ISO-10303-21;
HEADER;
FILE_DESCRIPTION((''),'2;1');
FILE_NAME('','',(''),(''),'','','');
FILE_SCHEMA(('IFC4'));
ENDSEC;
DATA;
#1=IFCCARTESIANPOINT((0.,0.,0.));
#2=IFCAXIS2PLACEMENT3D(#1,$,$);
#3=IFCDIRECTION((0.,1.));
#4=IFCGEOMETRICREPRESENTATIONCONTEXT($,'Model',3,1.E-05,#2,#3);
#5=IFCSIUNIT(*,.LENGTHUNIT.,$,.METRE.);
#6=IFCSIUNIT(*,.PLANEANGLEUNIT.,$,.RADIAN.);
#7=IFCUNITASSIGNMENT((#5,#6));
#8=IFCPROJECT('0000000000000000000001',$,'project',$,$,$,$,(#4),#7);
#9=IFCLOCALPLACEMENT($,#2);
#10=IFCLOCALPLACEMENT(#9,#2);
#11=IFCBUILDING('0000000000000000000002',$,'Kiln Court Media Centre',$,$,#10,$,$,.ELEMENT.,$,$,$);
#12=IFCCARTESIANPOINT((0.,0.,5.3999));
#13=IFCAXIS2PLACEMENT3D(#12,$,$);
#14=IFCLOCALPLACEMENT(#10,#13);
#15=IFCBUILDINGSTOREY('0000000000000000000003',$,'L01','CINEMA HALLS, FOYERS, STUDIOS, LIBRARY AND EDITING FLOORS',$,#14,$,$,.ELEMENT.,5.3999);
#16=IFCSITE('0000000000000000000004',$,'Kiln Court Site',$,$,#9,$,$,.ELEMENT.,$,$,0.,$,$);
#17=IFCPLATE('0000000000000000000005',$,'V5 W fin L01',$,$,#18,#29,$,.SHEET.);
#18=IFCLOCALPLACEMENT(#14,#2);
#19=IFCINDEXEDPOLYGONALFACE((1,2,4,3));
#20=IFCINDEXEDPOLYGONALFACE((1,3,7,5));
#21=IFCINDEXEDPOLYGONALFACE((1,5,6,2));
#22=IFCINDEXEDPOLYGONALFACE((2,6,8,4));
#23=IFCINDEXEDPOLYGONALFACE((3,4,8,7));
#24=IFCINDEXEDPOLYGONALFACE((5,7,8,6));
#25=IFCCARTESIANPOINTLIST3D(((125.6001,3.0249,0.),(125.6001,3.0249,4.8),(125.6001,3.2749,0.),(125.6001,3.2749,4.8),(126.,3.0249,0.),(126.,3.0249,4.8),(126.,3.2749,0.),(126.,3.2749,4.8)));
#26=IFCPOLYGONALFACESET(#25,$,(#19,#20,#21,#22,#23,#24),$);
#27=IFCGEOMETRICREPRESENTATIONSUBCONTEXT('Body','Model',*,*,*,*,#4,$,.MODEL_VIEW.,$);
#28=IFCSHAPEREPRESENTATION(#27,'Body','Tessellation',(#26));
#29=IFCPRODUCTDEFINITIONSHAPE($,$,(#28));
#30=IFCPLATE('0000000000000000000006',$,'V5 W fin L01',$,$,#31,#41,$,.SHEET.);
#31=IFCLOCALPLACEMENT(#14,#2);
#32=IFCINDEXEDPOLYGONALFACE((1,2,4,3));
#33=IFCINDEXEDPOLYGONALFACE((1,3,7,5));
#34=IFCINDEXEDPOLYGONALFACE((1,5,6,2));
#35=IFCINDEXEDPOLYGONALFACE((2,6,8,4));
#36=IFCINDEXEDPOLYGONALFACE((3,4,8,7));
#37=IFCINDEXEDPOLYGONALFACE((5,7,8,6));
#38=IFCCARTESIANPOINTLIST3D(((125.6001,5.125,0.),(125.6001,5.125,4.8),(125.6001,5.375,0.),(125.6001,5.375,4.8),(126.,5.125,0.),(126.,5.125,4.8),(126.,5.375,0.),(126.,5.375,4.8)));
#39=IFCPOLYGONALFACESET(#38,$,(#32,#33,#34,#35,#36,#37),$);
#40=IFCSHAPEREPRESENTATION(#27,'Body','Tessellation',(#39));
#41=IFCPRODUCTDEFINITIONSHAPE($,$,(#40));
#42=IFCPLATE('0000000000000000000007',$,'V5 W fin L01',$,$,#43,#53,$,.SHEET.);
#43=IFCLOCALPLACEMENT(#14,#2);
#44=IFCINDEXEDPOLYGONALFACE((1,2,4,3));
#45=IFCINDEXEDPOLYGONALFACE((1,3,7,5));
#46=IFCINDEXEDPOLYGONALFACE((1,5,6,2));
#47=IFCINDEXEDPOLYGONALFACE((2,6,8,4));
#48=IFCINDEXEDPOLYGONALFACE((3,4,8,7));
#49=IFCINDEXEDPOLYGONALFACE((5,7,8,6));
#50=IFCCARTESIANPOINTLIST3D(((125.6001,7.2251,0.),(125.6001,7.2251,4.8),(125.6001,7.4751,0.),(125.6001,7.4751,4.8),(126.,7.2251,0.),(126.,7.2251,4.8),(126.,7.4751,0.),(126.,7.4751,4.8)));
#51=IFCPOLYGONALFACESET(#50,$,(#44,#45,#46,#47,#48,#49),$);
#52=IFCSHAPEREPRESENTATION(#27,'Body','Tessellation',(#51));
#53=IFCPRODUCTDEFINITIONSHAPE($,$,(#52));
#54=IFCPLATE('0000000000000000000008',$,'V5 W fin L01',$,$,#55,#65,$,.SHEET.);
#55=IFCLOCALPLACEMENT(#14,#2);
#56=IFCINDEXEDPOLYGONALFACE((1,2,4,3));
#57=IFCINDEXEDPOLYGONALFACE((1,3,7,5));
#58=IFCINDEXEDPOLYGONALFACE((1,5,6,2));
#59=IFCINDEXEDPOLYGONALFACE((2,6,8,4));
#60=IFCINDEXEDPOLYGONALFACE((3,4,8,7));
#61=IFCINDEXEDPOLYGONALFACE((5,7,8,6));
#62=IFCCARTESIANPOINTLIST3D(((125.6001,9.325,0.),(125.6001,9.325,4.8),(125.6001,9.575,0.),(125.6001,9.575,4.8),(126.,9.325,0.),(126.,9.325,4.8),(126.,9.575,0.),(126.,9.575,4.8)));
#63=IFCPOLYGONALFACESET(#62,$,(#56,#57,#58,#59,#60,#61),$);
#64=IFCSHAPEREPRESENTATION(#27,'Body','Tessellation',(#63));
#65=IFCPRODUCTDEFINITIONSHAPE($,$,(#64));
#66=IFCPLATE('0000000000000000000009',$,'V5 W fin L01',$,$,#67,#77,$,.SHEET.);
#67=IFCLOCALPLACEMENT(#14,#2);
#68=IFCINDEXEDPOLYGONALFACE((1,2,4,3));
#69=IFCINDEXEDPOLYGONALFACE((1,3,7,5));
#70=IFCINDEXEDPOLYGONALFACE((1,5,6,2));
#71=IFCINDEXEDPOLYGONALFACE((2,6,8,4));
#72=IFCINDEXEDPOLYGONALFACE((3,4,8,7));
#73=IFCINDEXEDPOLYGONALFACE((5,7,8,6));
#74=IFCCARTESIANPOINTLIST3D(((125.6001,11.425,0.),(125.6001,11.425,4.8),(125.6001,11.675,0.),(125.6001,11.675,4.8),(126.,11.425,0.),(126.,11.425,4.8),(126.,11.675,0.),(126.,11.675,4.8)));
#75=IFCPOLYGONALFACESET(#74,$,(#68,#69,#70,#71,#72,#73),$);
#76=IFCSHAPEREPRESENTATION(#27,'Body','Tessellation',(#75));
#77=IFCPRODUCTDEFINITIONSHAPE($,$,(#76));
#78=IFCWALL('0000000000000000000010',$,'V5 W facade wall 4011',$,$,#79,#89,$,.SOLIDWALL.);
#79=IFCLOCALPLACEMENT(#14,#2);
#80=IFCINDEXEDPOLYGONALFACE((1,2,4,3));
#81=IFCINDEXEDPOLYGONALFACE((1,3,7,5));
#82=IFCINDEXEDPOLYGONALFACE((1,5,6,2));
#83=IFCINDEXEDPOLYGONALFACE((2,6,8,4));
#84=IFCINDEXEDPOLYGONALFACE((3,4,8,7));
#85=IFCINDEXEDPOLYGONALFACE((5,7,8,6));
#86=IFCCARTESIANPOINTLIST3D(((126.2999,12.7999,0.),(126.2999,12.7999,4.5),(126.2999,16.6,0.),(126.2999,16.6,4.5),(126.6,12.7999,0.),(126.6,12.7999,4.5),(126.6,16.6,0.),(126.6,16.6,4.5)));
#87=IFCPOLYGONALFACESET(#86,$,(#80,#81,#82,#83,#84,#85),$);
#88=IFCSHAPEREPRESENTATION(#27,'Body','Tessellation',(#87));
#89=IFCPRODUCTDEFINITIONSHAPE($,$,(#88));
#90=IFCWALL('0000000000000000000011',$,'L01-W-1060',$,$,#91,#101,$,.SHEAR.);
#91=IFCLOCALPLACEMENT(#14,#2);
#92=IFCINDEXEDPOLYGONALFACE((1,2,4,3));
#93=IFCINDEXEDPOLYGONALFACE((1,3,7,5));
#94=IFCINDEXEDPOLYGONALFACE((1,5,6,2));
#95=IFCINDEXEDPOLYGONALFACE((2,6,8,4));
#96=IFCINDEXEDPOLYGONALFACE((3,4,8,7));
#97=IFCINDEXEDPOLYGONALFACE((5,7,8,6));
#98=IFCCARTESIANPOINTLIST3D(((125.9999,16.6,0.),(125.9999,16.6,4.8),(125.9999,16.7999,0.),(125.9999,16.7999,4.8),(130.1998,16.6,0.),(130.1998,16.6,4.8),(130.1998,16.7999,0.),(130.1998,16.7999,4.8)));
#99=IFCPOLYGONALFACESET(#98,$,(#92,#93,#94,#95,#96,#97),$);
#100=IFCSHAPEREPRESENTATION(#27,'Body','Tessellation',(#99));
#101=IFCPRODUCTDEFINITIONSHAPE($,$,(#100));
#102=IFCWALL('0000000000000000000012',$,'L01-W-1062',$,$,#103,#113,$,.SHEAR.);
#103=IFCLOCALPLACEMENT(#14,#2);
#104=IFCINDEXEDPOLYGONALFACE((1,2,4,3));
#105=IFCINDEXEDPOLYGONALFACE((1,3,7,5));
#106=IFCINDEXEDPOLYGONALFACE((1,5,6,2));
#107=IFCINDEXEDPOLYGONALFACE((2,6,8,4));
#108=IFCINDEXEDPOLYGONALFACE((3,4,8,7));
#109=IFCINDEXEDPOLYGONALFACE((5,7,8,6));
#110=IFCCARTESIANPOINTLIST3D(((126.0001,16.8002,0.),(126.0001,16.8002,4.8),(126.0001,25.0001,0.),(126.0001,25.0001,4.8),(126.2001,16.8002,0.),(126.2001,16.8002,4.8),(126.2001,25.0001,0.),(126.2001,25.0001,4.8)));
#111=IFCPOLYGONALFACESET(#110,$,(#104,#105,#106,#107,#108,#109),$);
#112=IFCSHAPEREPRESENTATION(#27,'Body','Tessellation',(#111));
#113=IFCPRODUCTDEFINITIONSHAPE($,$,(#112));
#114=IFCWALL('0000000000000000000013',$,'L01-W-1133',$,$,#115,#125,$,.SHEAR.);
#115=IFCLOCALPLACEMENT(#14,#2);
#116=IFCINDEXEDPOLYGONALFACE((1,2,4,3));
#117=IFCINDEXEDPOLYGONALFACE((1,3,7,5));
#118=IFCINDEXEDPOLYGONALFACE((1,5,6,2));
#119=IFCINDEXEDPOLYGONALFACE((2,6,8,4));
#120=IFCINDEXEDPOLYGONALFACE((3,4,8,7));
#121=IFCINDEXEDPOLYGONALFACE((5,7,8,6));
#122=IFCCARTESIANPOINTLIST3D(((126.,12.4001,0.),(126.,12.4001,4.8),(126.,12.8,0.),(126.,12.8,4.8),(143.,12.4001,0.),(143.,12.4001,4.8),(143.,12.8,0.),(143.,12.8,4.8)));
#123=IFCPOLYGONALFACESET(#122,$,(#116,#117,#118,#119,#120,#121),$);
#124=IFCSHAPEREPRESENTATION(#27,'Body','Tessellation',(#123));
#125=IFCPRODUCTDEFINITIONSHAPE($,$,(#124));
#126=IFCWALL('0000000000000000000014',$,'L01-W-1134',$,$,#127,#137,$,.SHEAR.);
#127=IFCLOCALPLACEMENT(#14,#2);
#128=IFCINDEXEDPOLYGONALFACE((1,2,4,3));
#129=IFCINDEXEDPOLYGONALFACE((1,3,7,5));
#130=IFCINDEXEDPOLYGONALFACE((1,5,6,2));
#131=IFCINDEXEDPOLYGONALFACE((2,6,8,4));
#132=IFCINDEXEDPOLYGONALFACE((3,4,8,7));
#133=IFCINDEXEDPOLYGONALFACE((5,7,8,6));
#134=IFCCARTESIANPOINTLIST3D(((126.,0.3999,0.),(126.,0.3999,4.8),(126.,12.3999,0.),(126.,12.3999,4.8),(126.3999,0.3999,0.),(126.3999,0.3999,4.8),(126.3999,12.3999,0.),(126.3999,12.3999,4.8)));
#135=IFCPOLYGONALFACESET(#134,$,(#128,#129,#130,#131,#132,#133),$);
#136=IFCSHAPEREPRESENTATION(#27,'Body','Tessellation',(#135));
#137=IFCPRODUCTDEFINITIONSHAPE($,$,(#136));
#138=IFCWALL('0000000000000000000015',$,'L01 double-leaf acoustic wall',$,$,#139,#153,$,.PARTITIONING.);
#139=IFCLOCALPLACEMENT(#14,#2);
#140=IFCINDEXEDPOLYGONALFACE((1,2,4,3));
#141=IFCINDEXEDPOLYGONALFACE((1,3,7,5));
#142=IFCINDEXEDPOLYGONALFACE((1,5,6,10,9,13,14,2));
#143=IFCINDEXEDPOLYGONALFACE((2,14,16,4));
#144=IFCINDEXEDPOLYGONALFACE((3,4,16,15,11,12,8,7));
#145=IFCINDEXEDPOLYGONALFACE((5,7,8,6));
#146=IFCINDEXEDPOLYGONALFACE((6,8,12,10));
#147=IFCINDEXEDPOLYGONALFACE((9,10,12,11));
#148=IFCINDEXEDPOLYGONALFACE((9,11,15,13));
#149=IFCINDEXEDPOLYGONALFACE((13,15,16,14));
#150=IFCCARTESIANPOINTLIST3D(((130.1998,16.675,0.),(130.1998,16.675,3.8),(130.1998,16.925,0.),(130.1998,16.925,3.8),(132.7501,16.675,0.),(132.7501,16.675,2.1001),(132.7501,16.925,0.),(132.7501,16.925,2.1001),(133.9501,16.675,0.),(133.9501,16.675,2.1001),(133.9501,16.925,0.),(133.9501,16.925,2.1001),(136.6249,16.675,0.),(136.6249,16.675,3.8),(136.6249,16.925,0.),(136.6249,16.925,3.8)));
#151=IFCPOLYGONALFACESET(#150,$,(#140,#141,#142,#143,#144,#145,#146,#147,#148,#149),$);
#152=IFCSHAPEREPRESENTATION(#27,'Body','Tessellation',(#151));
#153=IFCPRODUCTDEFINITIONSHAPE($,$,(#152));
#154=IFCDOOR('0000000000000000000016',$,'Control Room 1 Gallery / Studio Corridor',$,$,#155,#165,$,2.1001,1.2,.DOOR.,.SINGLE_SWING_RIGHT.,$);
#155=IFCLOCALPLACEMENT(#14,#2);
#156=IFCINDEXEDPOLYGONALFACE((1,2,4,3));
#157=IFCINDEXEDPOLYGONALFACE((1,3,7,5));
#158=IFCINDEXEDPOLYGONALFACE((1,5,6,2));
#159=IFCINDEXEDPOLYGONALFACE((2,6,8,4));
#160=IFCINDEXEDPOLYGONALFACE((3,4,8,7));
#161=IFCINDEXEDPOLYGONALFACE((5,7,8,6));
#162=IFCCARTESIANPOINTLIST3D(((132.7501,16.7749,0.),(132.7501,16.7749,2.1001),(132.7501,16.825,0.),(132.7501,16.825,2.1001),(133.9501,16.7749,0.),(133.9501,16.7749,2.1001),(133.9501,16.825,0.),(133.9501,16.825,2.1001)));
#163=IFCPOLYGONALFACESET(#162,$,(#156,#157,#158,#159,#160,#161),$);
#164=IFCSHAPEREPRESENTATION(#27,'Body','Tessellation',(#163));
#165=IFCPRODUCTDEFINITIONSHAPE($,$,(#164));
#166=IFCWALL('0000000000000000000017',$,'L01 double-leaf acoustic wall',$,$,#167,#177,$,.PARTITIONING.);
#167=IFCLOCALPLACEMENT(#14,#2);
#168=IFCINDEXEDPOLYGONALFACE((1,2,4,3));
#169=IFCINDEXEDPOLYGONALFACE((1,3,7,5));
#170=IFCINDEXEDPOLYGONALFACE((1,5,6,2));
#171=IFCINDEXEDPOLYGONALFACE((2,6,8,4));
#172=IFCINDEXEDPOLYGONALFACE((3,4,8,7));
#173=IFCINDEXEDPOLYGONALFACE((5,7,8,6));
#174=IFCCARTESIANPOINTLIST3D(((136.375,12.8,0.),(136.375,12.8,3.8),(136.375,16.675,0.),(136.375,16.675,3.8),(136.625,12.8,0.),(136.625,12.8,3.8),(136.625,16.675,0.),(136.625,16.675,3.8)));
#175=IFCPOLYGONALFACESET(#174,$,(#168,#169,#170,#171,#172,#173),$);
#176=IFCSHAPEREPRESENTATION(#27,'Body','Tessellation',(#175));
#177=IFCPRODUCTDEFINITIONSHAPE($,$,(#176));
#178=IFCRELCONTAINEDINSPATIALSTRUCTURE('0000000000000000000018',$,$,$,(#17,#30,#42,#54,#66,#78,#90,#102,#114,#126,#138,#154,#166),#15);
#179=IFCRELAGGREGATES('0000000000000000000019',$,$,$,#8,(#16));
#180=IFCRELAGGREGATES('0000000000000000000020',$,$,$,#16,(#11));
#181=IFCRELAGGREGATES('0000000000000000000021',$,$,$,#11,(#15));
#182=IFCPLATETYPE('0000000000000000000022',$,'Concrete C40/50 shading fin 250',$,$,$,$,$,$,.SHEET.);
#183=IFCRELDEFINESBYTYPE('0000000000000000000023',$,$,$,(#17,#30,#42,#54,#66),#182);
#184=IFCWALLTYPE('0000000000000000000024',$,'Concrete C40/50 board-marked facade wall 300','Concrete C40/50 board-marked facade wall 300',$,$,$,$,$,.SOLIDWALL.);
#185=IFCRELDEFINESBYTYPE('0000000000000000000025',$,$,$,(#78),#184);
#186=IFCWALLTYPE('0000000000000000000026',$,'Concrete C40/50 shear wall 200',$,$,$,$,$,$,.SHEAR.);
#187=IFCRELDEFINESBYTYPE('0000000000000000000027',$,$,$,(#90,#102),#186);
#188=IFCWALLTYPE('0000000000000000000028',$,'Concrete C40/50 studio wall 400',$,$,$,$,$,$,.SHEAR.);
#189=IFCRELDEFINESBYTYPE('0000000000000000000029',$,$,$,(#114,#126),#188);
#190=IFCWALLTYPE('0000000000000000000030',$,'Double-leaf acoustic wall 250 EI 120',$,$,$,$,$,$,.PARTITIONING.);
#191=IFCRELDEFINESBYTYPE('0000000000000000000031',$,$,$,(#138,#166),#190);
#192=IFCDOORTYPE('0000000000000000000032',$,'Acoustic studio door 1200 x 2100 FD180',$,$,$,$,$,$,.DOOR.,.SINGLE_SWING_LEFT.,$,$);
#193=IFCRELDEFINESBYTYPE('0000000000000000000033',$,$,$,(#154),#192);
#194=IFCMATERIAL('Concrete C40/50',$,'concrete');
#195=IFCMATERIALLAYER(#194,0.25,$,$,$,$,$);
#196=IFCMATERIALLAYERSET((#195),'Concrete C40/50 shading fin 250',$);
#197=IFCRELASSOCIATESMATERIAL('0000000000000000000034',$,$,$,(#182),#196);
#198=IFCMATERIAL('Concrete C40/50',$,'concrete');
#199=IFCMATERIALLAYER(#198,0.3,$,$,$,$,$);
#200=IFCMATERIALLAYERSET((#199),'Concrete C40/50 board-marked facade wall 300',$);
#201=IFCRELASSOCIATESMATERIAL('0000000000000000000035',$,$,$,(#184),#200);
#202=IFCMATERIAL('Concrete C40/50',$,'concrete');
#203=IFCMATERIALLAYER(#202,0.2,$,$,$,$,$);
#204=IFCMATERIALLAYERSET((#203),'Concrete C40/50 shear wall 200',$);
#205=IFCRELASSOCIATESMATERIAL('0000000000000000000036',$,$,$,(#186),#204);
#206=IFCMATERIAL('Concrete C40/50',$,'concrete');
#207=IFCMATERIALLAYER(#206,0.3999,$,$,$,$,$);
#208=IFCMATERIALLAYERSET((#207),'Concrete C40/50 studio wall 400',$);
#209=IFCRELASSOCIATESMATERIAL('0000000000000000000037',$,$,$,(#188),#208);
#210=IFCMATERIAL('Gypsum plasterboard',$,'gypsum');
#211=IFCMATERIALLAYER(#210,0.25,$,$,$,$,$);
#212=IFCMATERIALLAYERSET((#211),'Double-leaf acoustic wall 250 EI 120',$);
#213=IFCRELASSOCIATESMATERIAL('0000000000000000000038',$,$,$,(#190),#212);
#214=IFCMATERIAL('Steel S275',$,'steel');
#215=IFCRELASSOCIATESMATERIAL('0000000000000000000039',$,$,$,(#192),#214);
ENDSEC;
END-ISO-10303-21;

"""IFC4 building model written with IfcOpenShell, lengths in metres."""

from ifc_helpers import new_model, si_unit, direction, frame, frame_2d, origin, origin_2d, place, context, subcontext, project, spatial, rectangle, extrude, material, layer, layer_set, type_object, element, fill, save


model = new_model("IFC4")

# Units and contexts
model_context = context("Model", 3, precision=1e-05, world=origin(), true_north=direction((0.0, 1.0)))
body_context = subcontext(model_context, "Body", "Model", "MODEL_VIEW")
ifc_project = project(units=[si_unit("LENGTHUNIT", "METRE"), si_unit("PLANEANGLEUNIT", "RADIAN")], contexts=[model_context])

# Site, building, storey
site_placement = place(None, origin())
site = spatial("IfcSite", under=ifc_project, at=site_placement, Name="Kiln Court Site", CompositionType="ELEMENT", RefElevation=0.0)
building_placement = place(site_placement, origin())
building = spatial("IfcBuilding", under=site, at=building_placement, Name="Kiln Court Media Centre", CompositionType="ELEMENT")
storey_placement = place(building_placement, frame((0.0, 0.0, 5.3999)))
storey = spatial("IfcBuildingStorey", under=building, at=storey_placement, Name="L01", Description="CINEMA HALLS, FOYERS, STUDIOS, LIBRARY AND EDITING FLOORS", CompositionType="ELEMENT", Elevation=5.3999)

# Plates
ifc_material_1 = material(Name="Concrete C40/50", Category="concrete")
ifc_layer_1 = layer(ifc_material_1, 0.25)
ifc_layer_set_1 = layer_set([ifc_layer_1], Name="Concrete C40/50 shading fin 250")
plate_type = type_object("IfcPlateType", Name="Concrete C40/50 shading fin 250", PredefinedType="SHEET", material=ifc_layer_set_1)
for number, where, z_axis, x_axis, name in (
    (1, (125.8, 3.1499, 0.0), (0.0, 0.0, 1.0), (1.0, 0.0, 0.0), "V5 W fin L01"),
    (2, (125.8, 5.25, 0.0), (0.0, 0.0, 1.0), (1.0, 0.0, 0.0), "V5 W fin L01"),
    (3, (125.8, 7.3501, 0.0), (0.0, 0.0, 1.0), (1.0, 0.0, 0.0), "V5 W fin L01"),
    (4, (125.8, 9.45, 0.0), (0.0, 0.0, 1.0), (1.0, 0.0, 0.0), "V5 W fin L01"),
    (5, (125.8, 11.55, 0.0), (0.0, 0.0, 1.0), (1.0, 0.0, 0.0), "V5 W fin L01"),
):
    element("IfcPlate", number, at=place(storey_placement, frame(where, z_axis=z_axis, x_axis=x_axis)), inside=storey, type_object=plate_type, Name=name, PredefinedType="SHEET", context=body_context, shape_type="SweptSolid", body=[
        extrude(rectangle(XDim=0.3999, YDim=0.25, at=origin_2d()), origin(), (0.0, 0.0, 1.0), 4.8),
    ])

# Walls
ifc_material_2 = material(Name="Concrete C40/50", Category="concrete")
ifc_layer_2 = layer(ifc_material_2, 0.3)
ifc_layer_set_2 = layer_set([ifc_layer_2], Name="Concrete C40/50 board-marked facade wall 300")
wall_type_1 = type_object("IfcWallType", Name="Concrete C40/50 board-marked facade wall 300", Description="Concrete C40/50 board-marked facade wall 300", PredefinedType="SOLIDWALL", material=ifc_layer_set_2)
wall_1_placement = place(storey_placement, frame((126.45, 12.8, 0.0), z_axis=(0.0, 0.0, 1.0), x_axis=(0.0, 1.0, 0.0)))
element("IfcWall", 6, at=wall_1_placement, inside=storey, type_object=wall_type_1, Name="V5 W facade wall 4011", PredefinedType="SOLIDWALL", context=body_context, shape_type="SweptSolid", body=[
    extrude(rectangle(XDim=3.8, YDim=0.3, at=frame_2d((1.8999, 0.0))), origin(), (0.0, 0.0, 1.0), 4.5),
])
ifc_material_3 = material(Name="Concrete C40/50", Category="concrete")
ifc_layer_3 = layer(ifc_material_3, 0.2)
ifc_layer_set_3 = layer_set([ifc_layer_3], Name="Concrete C40/50 shear wall 200")
wall_type_2 = type_object("IfcWallType", Name="Concrete C40/50 shear wall 200", PredefinedType="SHEAR", material=ifc_layer_set_3)
wall_2_placement = place(storey_placement, frame((130.2, 16.7, 0.0), z_axis=(0.0, 0.0, 1.0), x_axis=(-1.0, 0.0, 0.0)))
element("IfcWall", 7, at=wall_2_placement, inside=storey, type_object=wall_type_2, Name="L01-W-1060", PredefinedType="SHEAR", context=body_context, shape_type="SweptSolid", body=[
    extrude(rectangle(XDim=4.2, YDim=0.2, at=frame_2d((2.1001, 0.0))), origin(), (0.0, 0.0, 1.0), 4.8),
])
wall_3_placement = place(storey_placement, frame((126.1001, 16.8, 0.0), z_axis=(0.0, 0.0, 1.0), x_axis=(0.0, 1.0, 0.0)))
element("IfcWall", 8, at=wall_3_placement, inside=storey, type_object=wall_type_2, Name="L01-W-1062", PredefinedType="SHEAR", context=body_context, shape_type="SweptSolid", body=[
    extrude(rectangle(XDim=8.2, YDim=0.2, at=frame_2d((4.1001, 0.0))), origin(), (0.0, 0.0, 1.0), 4.8),
])
ifc_material_4 = material(Name="Concrete C40/50", Category="concrete")
ifc_layer_4 = layer(ifc_material_4, 0.3999)
ifc_layer_set_4 = layer_set([ifc_layer_4], Name="Concrete C40/50 studio wall 400")
wall_type_3 = type_object("IfcWallType", Name="Concrete C40/50 studio wall 400", PredefinedType="SHEAR", material=ifc_layer_set_4)
wall_4_placement = place(storey_placement, frame((126.0, 12.6001, 0.0), z_axis=(0.0, 0.0, 1.0), x_axis=(1.0, 0.0, 0.0)))
element("IfcWall", 9, at=wall_4_placement, inside=storey, type_object=wall_type_3, Name="L01-W-1133", PredefinedType="SHEAR", context=body_context, shape_type="SweptSolid", body=[
    extrude(rectangle(XDim=17.0, YDim=0.3999, at=frame_2d((8.5, 0.0))), origin(), (0.0, 0.0, 1.0), 4.8),
])
wall_5_placement = place(storey_placement, frame((126.2, 0.3999, 0.0), z_axis=(0.0, 0.0, 1.0), x_axis=(0.0, 1.0, 0.0)))
element("IfcWall", 10, at=wall_5_placement, inside=storey, type_object=wall_type_3, Name="L01-W-1134", PredefinedType="SHEAR", context=body_context, shape_type="SweptSolid", body=[
    extrude(rectangle(XDim=12.0, YDim=0.3999, at=frame_2d((6.0, 0.0))), origin(), (0.0, 0.0, 1.0), 4.8),
])

# Wall, opening, door
ifc_material_5 = material(Name="Gypsum plasterboard", Category="gypsum")
ifc_layer_5 = layer(ifc_material_5, 0.25)
ifc_layer_set_5 = layer_set([ifc_layer_5], Name="Double-leaf acoustic wall 250 EI 120")
wall_type_4 = type_object("IfcWallType", Name="Double-leaf acoustic wall 250 EI 120", PredefinedType="PARTITIONING", material=ifc_layer_set_5)
wall_6_placement = place(storey_placement, frame((130.2, 16.8, 0.0), z_axis=(0.0, 0.0, 1.0), x_axis=(1.0, 0.0, 0.0)))
wall_6 = element("IfcWall", 11, at=wall_6_placement, inside=storey, type_object=wall_type_4, Name="L01 double-leaf acoustic wall", PredefinedType="PARTITIONING", context=body_context, shape_type="SweptSolid", body=[
    extrude(rectangle(XDim=6.425, YDim=0.25, at=frame_2d((3.2124, 0.0))), origin(), (0.0, 0.0, 1.0), 3.8),
])
opening_placement = place(wall_6_placement, frame((2.55, 0.0, 0.0)))
opening = element("IfcOpeningElement", 12, at=opening_placement, cuts=wall_6, PredefinedType="OPENING", context=body_context, shape_type="SweptSolid", body=[
    extrude(rectangle(XDim=1.2, YDim=2.1001, at=frame_2d((0.6001, 1.05))), frame((0.0, 0.135, 0.0), z_axis=(0.0, -1.0, 0.0), x_axis=(1.0, 0.0, 0.0)), (0.0, 0.0, 1.0), 0.27),
])
ifc_material_6 = material(Name="Steel S275", Category="steel")
door_type = type_object("IfcDoorType", Name="Acoustic studio door 1200 x 2100 FD180", OperationType="SINGLE_SWING_LEFT", PredefinedType="DOOR", material=ifc_material_6)
door_placement = place(opening_placement, origin())
door = element("IfcDoor", 13, at=door_placement, inside=storey, type_object=door_type, Name="Control Room 1 Gallery / Studio Corridor", OperationType="SINGLE_SWING_RIGHT", OverallHeight=2.1001, OverallWidth=1.2, PredefinedType="DOOR", context=body_context, shape_type="SweptSolid", body=[
    extrude(rectangle(XDim=1.2, YDim=2.1001, at=frame_2d((0.6001, 1.05))), frame((0.0, 0.0249, 0.0), z_axis=(0.0, -1.0, 0.0), x_axis=(1.0, 0.0, 0.0)), (0.0, 0.0, 1.0), 0.05),
])
fill(opening, door)

# Wall
wall_7_placement = place(storey_placement, frame((136.5, 12.8, 0.0), z_axis=(0.0, 0.0, 1.0), x_axis=(0.0, 1.0, 0.0)))
element("IfcWall", 14, at=wall_7_placement, inside=storey, type_object=wall_type_4, Name="L01 double-leaf acoustic wall", PredefinedType="PARTITIONING", context=body_context, shape_type="SweptSolid", body=[
    extrude(rectangle(XDim=3.875, YDim=0.25, at=frame_2d((1.9375, 0.0))), origin(), (0.0, 0.0, 1.0), 3.8),
])

save(model, "model.ifc")
